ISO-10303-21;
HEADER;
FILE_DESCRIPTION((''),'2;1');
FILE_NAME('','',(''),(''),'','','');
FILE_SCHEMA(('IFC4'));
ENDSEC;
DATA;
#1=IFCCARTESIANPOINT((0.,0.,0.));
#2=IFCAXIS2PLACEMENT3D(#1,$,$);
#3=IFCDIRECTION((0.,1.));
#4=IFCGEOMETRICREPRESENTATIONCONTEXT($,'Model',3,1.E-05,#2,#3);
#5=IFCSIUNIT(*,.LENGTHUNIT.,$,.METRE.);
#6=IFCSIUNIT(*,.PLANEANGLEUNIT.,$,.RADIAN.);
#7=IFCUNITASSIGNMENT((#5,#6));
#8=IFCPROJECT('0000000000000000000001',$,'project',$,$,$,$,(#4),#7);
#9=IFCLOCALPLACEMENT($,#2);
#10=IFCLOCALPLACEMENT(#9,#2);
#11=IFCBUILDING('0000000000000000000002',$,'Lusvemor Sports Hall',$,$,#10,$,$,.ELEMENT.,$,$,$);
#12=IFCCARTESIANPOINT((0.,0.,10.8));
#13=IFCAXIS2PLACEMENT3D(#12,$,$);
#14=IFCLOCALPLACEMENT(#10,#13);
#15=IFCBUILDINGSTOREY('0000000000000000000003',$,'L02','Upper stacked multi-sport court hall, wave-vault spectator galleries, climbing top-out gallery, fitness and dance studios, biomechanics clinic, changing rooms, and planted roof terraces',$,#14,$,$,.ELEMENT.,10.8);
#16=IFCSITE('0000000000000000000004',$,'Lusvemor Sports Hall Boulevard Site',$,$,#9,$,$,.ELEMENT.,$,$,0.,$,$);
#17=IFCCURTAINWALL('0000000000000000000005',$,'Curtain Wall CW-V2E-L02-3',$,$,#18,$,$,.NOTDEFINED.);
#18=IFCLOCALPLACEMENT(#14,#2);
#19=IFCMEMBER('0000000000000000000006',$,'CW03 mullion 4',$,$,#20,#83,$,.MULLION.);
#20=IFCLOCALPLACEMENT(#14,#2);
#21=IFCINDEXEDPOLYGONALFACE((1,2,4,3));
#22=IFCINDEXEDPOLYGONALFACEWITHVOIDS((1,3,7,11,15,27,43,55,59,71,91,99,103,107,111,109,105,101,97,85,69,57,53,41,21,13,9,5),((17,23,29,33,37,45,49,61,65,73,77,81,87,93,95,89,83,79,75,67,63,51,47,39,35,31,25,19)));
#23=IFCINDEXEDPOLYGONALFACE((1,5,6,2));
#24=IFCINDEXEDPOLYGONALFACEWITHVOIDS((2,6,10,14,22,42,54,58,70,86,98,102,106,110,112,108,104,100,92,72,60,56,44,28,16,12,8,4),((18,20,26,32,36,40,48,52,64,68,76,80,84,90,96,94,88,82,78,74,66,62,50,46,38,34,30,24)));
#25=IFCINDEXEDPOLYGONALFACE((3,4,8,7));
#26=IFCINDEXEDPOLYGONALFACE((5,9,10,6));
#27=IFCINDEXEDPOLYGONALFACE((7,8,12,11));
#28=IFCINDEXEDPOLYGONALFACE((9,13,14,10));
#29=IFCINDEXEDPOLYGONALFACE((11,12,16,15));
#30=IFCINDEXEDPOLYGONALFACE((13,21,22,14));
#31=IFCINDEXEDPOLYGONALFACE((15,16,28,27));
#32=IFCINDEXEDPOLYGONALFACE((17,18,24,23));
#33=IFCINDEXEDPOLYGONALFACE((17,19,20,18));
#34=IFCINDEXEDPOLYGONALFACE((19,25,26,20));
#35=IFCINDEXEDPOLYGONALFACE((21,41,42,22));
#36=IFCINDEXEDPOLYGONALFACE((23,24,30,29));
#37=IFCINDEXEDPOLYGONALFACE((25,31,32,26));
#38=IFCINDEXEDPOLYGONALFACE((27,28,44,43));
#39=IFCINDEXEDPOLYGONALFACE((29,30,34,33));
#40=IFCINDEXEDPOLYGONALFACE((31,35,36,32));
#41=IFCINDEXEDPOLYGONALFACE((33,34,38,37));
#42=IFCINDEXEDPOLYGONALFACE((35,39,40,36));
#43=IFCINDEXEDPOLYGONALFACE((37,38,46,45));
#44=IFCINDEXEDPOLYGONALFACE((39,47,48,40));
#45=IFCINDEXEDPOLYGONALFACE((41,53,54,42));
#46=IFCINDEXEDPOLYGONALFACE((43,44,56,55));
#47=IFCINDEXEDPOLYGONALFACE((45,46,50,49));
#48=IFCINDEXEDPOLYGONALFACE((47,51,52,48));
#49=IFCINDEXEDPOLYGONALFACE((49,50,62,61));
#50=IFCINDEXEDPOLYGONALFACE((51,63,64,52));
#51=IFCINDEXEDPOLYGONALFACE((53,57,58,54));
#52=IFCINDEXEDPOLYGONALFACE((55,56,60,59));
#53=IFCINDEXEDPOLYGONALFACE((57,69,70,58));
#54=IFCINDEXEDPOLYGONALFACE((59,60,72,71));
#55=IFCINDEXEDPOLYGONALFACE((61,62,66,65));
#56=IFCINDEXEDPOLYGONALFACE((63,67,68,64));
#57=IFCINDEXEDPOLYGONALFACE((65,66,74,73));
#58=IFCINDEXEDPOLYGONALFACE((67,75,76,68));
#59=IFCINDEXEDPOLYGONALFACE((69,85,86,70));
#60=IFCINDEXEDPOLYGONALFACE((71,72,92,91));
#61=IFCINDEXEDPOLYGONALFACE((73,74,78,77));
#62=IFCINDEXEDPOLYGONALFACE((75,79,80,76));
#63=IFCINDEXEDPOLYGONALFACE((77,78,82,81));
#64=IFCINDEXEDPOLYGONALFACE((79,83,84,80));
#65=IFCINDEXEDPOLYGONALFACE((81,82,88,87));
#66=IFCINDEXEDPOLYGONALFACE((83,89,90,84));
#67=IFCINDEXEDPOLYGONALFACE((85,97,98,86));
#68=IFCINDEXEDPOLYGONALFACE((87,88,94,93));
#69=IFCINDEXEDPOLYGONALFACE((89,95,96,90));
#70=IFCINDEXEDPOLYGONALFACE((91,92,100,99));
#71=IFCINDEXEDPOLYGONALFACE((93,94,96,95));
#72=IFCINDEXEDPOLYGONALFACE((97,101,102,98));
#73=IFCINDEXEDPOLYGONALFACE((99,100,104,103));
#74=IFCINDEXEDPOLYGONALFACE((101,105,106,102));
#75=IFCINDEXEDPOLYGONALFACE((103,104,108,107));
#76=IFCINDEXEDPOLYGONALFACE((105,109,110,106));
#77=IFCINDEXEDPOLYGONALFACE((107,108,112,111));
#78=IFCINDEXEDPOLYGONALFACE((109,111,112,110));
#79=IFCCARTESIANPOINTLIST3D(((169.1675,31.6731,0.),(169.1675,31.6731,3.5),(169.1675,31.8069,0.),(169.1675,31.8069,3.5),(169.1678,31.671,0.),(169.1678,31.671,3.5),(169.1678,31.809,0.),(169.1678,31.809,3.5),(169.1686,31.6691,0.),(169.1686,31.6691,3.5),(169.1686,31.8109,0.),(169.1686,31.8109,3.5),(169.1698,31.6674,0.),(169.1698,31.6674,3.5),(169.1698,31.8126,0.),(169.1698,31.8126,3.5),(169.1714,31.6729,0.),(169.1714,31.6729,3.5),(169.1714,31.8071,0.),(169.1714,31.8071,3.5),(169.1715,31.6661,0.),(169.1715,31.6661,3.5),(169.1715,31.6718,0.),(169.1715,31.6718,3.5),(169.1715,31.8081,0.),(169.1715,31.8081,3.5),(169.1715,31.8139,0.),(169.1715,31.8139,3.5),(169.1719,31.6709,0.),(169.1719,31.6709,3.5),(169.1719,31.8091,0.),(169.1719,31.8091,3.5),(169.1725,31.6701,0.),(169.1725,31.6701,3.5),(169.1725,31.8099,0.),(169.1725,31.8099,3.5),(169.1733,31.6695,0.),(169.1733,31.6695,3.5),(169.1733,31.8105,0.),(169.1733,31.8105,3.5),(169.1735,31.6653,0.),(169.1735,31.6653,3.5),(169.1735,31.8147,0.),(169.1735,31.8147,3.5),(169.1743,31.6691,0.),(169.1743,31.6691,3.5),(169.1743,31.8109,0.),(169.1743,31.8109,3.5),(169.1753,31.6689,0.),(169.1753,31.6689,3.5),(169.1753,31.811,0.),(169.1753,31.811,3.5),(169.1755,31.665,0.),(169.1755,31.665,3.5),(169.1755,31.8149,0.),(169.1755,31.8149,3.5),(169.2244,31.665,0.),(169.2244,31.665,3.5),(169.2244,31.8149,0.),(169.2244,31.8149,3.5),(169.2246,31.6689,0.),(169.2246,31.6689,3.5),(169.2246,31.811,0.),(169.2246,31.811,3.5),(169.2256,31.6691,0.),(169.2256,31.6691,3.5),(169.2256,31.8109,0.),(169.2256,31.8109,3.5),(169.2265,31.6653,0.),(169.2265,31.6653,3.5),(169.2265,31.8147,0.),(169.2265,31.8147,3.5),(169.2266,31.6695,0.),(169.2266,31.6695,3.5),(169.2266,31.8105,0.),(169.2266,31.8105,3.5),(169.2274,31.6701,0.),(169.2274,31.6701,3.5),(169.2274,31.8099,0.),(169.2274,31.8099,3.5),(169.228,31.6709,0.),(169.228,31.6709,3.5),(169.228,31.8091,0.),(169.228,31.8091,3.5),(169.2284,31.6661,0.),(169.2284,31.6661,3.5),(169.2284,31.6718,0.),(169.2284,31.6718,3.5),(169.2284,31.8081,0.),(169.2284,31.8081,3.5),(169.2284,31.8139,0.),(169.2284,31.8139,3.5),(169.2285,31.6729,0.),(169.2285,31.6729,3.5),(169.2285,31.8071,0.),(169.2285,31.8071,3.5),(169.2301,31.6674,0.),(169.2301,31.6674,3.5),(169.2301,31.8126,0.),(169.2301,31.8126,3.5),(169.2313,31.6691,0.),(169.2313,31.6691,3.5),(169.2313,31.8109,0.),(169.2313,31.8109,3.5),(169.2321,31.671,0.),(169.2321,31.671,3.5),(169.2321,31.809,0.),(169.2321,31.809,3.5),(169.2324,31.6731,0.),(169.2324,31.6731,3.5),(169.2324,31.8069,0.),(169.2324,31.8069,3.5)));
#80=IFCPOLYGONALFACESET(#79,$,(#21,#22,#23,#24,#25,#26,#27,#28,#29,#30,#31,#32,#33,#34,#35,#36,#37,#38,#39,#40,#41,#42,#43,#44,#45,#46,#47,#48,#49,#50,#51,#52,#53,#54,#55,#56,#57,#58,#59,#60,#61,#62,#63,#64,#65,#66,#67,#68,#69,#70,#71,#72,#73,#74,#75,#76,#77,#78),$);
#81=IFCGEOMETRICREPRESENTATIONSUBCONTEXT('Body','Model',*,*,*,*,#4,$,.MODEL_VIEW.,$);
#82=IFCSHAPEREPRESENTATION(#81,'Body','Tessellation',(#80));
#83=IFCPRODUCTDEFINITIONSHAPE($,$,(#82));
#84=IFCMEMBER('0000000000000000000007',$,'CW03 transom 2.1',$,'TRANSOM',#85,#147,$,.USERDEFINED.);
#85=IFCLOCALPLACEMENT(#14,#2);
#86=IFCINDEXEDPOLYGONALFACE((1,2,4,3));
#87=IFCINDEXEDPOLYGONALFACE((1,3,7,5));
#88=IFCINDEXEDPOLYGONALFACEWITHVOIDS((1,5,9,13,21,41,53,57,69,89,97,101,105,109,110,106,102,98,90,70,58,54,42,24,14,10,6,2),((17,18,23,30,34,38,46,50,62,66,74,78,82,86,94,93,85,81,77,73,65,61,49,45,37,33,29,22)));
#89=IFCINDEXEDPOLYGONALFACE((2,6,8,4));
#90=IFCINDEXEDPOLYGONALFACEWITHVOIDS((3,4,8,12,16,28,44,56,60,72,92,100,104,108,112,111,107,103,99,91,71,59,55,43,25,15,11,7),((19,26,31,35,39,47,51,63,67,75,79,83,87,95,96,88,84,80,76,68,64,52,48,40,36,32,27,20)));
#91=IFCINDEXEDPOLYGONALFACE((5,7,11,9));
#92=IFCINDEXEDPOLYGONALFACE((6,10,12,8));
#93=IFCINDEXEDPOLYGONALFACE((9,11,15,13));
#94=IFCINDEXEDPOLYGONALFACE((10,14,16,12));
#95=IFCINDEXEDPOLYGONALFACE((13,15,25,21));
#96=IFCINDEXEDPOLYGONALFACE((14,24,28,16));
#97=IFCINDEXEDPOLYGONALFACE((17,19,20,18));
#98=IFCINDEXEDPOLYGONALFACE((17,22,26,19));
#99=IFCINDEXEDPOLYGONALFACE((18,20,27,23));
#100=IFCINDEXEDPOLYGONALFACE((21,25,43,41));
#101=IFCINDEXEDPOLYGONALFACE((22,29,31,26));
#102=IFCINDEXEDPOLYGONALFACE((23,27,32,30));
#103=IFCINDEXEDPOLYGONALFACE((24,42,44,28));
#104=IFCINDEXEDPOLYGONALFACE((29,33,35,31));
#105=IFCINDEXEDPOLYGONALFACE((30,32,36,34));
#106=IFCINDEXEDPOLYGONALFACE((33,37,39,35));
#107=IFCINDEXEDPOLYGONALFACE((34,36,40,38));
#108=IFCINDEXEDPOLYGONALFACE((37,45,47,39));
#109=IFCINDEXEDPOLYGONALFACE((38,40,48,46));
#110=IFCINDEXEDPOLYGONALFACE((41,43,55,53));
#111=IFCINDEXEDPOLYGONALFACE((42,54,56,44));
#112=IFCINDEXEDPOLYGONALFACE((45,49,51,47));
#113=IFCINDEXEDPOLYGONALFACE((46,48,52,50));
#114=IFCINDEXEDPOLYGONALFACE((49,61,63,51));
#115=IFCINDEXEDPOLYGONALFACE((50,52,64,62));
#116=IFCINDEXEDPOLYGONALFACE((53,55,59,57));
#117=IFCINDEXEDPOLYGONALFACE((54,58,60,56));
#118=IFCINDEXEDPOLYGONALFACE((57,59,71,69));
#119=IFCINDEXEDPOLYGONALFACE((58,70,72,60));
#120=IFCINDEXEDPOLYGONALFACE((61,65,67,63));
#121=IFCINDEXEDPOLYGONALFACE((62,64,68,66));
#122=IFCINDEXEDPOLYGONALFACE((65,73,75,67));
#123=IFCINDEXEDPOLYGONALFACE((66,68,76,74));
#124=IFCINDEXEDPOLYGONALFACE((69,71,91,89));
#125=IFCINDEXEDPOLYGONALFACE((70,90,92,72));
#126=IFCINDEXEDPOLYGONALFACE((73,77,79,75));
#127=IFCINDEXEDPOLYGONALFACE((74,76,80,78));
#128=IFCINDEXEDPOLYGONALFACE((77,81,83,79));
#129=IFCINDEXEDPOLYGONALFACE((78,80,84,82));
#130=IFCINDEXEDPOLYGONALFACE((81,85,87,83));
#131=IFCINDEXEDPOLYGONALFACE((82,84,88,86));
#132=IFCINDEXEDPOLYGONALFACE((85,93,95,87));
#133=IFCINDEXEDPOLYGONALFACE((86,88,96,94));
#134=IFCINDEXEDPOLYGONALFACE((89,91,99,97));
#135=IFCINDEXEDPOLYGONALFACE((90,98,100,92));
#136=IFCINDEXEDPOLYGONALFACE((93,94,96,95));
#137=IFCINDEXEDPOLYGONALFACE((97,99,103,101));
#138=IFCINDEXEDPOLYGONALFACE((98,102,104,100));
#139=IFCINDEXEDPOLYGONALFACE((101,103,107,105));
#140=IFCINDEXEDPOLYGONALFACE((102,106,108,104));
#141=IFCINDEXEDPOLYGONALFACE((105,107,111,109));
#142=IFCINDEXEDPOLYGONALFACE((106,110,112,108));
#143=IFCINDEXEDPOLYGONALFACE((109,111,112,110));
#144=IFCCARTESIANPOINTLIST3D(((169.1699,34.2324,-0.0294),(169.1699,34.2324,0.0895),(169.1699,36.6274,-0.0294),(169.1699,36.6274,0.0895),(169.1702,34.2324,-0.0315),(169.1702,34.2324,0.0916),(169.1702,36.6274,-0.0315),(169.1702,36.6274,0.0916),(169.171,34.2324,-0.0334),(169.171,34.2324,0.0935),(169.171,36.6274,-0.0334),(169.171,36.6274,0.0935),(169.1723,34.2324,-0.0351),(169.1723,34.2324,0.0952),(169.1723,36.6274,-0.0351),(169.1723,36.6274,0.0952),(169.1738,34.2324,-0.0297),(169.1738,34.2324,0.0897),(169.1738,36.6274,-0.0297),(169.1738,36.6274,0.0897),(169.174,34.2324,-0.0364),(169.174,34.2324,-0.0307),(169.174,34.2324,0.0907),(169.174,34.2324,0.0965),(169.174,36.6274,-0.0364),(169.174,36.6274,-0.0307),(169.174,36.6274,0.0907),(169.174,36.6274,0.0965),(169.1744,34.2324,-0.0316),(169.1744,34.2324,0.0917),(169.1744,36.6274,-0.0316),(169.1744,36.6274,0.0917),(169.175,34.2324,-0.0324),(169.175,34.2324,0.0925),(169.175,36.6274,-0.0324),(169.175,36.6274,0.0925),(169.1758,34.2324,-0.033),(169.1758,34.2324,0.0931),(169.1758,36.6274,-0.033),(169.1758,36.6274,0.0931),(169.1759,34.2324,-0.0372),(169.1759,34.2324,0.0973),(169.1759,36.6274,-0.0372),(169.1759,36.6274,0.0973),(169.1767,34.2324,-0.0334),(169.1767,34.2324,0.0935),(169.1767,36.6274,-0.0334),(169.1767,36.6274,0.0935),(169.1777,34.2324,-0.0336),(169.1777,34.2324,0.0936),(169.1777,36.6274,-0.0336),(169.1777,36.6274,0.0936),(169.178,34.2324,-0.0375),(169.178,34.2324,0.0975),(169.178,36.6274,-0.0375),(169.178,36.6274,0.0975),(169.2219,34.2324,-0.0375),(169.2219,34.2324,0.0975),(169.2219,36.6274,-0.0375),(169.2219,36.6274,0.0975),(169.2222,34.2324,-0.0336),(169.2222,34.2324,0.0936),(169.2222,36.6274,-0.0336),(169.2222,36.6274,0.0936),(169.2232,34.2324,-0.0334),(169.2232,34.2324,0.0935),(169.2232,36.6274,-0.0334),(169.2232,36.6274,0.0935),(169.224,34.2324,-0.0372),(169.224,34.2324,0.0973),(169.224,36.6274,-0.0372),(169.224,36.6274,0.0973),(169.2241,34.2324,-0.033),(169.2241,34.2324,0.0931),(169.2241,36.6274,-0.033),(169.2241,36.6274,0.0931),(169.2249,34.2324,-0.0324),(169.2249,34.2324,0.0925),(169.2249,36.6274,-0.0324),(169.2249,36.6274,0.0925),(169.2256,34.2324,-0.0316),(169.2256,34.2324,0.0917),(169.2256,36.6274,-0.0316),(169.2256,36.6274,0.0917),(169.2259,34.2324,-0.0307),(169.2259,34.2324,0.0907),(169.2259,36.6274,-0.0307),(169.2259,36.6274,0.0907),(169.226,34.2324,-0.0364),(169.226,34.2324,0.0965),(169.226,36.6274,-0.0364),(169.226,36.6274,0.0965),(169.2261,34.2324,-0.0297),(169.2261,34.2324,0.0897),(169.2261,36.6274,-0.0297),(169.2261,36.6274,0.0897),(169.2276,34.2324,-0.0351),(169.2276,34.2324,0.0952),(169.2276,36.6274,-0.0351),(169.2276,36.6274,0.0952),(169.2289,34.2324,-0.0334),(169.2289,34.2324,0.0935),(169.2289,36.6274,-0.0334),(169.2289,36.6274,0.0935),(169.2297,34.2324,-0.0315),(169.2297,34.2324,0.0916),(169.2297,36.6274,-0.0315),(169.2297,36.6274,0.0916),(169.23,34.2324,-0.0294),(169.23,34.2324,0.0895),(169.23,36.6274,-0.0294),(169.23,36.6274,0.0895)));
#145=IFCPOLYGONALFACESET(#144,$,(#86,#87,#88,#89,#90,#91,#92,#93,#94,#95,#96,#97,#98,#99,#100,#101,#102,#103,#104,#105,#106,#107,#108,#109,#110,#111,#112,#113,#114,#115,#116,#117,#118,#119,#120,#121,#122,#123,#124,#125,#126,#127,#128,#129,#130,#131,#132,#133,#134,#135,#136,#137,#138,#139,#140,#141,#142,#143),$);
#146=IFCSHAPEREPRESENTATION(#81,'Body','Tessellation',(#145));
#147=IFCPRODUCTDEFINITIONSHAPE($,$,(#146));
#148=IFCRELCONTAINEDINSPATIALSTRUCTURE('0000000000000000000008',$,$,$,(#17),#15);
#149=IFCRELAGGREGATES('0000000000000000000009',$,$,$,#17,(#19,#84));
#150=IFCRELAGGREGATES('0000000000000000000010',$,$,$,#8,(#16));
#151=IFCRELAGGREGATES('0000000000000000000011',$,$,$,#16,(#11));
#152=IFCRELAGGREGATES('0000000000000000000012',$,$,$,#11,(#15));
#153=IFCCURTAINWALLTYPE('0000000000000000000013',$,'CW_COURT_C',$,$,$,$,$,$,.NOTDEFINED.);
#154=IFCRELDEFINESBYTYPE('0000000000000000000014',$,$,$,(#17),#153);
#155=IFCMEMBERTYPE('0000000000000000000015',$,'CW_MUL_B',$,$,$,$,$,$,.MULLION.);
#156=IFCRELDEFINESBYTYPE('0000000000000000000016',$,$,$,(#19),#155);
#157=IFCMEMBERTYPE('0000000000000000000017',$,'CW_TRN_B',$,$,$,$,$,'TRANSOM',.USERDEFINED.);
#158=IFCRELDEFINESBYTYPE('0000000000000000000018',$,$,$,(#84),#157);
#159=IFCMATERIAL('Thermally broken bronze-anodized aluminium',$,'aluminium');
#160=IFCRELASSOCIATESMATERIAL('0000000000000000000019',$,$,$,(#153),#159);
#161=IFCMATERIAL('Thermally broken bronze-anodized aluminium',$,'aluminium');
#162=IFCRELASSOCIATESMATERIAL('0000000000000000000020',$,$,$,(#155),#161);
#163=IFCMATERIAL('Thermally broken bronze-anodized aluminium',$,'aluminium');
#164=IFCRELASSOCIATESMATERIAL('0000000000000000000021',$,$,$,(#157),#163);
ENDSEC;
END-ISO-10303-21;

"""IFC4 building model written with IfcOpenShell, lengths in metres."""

from ifc_helpers import new_model, si_unit, direction, frame, origin, origin_2d, place, context, subcontext, project, spatial, hollow_rectangle, extrude, material, material_profile, profile_set, type_object, element, aggregate, save


model = new_model("IFC4")

# Units and contexts
model_context = context("Model", 3, precision=1e-05, world=origin(), true_north=direction((0.0, 1.0)))
body_context = subcontext(model_context, "Body", "Model", "MODEL_VIEW")
ifc_project = project(units=[si_unit("LENGTHUNIT", "METRE"), si_unit("PLANEANGLEUNIT", "RADIAN")], contexts=[model_context])

# Site, building, storey
site_placement = place(None, origin())
site = spatial("IfcSite", under=ifc_project, at=site_placement, Name="Lusvemor Sports Hall Boulevard Site", CompositionType="ELEMENT", RefElevation=0.0)
building_placement = place(site_placement, origin())
building = spatial("IfcBuilding", under=site, at=building_placement, Name="Lusvemor Sports Hall", CompositionType="ELEMENT")
storey_placement = place(building_placement, frame((0.0, 0.0, 10.8)))
storey = spatial("IfcBuildingStorey", under=building, at=storey_placement, Name="L02", Description="Upper stacked multi-sport court hall, wave-vault spectator galleries, climbing top-out gallery, fitness and dance studios, biomechanics clinic, changing rooms, and planted roof terraces", CompositionType="ELEMENT", Elevation=10.8)

# Curtain wall, members
ifc_material_1 = material(Name="Thermally broken bronze-anodized aluminium", Category="aluminium")
curtain_wall_type = type_object("IfcCurtainWallType", Name="CW_COURT_C", PredefinedType="NOTDEFINED", material=ifc_material_1)
curtain_wall_placement = place(storey_placement, origin())
curtain_wall = element("IfcCurtainWall", 1, at=curtain_wall_placement, inside=storey, type_object=curtain_wall_type, Name="Curtain Wall CW-V2E-L02-3", PredefinedType="NOTDEFINED")
ifc_material_2 = material(Name="Thermally broken bronze-anodized aluminium", Category="aluminium")
ifc_material_profile_1 = material_profile(ifc_material_2, hollow_rectangle(XDim=0.0649, YDim=0.1499, WallThickness=0.0039, InnerFilletRadius=0.0039, OuterFilletRadius=0.0081, at=origin_2d()), Name="CWMUL150x65x4")
ifc_profile_set_1 = profile_set([ifc_material_profile_1], Name="Thermally broken bronze-anodized aluminium")
member_type_1 = type_object("IfcMemberType", Name="CW_MUL_B", PredefinedType="MULLION", material=ifc_profile_set_1)
member_1_placement = place(storey_placement, frame((169.2, 31.74, 0.0), z_axis=(0.0, 0.0, 1.0), x_axis=(1.0, 0.0, 0.0)))
member_1 = element("IfcMember", 2, at=member_1_placement, type_object=member_type_1, Name="CW03 mullion 4", PredefinedType="MULLION", context=body_context, shape_type="SweptSolid", body=[
    extrude(hollow_rectangle(XDim=0.0649, YDim=0.1499, WallThickness=0.0039, InnerFilletRadius=0.0039, OuterFilletRadius=0.0081, at=origin_2d()), origin(), (0.0, 0.0, 1.0), 3.5),
])
ifc_material_3 = material(Name="Thermally broken bronze-anodized aluminium", Category="aluminium")
ifc_material_profile_2 = material_profile(ifc_material_3, hollow_rectangle(XDim=0.0601, YDim=0.135, WallThickness=0.0039, InnerFilletRadius=0.0039, OuterFilletRadius=0.0081, at=origin_2d()), Name="CWTRN135x60x4")
ifc_profile_set_2 = profile_set([ifc_material_profile_2], Name="Thermally broken bronze-anodized aluminium")
member_type_2 = type_object("IfcMemberType", Name="CW_TRN_B", ElementType="TRANSOM", PredefinedType="USERDEFINED", material=ifc_profile_set_2)
member_2_placement = place(storey_placement, frame((169.2, 36.6274, 0.03), z_axis=(0.0, -1.0, 0.0), x_axis=(1.0, 0.0, 0.0)))
member_2 = element("IfcMember", 3, at=member_2_placement, type_object=member_type_2, Name="CW03 transom 2.1", ObjectType="TRANSOM", PredefinedType="USERDEFINED", context=body_context, shape_type="SweptSolid", body=[
    extrude(hollow_rectangle(XDim=0.0601, YDim=0.135, WallThickness=0.0039, InnerFilletRadius=0.0039, OuterFilletRadius=0.0081, at=origin_2d()), origin(), (0.0, 0.0, 1.0), 2.395),
])

aggregate(curtain_wall, [member_1, member_2])

save(model, "model.ifc")
